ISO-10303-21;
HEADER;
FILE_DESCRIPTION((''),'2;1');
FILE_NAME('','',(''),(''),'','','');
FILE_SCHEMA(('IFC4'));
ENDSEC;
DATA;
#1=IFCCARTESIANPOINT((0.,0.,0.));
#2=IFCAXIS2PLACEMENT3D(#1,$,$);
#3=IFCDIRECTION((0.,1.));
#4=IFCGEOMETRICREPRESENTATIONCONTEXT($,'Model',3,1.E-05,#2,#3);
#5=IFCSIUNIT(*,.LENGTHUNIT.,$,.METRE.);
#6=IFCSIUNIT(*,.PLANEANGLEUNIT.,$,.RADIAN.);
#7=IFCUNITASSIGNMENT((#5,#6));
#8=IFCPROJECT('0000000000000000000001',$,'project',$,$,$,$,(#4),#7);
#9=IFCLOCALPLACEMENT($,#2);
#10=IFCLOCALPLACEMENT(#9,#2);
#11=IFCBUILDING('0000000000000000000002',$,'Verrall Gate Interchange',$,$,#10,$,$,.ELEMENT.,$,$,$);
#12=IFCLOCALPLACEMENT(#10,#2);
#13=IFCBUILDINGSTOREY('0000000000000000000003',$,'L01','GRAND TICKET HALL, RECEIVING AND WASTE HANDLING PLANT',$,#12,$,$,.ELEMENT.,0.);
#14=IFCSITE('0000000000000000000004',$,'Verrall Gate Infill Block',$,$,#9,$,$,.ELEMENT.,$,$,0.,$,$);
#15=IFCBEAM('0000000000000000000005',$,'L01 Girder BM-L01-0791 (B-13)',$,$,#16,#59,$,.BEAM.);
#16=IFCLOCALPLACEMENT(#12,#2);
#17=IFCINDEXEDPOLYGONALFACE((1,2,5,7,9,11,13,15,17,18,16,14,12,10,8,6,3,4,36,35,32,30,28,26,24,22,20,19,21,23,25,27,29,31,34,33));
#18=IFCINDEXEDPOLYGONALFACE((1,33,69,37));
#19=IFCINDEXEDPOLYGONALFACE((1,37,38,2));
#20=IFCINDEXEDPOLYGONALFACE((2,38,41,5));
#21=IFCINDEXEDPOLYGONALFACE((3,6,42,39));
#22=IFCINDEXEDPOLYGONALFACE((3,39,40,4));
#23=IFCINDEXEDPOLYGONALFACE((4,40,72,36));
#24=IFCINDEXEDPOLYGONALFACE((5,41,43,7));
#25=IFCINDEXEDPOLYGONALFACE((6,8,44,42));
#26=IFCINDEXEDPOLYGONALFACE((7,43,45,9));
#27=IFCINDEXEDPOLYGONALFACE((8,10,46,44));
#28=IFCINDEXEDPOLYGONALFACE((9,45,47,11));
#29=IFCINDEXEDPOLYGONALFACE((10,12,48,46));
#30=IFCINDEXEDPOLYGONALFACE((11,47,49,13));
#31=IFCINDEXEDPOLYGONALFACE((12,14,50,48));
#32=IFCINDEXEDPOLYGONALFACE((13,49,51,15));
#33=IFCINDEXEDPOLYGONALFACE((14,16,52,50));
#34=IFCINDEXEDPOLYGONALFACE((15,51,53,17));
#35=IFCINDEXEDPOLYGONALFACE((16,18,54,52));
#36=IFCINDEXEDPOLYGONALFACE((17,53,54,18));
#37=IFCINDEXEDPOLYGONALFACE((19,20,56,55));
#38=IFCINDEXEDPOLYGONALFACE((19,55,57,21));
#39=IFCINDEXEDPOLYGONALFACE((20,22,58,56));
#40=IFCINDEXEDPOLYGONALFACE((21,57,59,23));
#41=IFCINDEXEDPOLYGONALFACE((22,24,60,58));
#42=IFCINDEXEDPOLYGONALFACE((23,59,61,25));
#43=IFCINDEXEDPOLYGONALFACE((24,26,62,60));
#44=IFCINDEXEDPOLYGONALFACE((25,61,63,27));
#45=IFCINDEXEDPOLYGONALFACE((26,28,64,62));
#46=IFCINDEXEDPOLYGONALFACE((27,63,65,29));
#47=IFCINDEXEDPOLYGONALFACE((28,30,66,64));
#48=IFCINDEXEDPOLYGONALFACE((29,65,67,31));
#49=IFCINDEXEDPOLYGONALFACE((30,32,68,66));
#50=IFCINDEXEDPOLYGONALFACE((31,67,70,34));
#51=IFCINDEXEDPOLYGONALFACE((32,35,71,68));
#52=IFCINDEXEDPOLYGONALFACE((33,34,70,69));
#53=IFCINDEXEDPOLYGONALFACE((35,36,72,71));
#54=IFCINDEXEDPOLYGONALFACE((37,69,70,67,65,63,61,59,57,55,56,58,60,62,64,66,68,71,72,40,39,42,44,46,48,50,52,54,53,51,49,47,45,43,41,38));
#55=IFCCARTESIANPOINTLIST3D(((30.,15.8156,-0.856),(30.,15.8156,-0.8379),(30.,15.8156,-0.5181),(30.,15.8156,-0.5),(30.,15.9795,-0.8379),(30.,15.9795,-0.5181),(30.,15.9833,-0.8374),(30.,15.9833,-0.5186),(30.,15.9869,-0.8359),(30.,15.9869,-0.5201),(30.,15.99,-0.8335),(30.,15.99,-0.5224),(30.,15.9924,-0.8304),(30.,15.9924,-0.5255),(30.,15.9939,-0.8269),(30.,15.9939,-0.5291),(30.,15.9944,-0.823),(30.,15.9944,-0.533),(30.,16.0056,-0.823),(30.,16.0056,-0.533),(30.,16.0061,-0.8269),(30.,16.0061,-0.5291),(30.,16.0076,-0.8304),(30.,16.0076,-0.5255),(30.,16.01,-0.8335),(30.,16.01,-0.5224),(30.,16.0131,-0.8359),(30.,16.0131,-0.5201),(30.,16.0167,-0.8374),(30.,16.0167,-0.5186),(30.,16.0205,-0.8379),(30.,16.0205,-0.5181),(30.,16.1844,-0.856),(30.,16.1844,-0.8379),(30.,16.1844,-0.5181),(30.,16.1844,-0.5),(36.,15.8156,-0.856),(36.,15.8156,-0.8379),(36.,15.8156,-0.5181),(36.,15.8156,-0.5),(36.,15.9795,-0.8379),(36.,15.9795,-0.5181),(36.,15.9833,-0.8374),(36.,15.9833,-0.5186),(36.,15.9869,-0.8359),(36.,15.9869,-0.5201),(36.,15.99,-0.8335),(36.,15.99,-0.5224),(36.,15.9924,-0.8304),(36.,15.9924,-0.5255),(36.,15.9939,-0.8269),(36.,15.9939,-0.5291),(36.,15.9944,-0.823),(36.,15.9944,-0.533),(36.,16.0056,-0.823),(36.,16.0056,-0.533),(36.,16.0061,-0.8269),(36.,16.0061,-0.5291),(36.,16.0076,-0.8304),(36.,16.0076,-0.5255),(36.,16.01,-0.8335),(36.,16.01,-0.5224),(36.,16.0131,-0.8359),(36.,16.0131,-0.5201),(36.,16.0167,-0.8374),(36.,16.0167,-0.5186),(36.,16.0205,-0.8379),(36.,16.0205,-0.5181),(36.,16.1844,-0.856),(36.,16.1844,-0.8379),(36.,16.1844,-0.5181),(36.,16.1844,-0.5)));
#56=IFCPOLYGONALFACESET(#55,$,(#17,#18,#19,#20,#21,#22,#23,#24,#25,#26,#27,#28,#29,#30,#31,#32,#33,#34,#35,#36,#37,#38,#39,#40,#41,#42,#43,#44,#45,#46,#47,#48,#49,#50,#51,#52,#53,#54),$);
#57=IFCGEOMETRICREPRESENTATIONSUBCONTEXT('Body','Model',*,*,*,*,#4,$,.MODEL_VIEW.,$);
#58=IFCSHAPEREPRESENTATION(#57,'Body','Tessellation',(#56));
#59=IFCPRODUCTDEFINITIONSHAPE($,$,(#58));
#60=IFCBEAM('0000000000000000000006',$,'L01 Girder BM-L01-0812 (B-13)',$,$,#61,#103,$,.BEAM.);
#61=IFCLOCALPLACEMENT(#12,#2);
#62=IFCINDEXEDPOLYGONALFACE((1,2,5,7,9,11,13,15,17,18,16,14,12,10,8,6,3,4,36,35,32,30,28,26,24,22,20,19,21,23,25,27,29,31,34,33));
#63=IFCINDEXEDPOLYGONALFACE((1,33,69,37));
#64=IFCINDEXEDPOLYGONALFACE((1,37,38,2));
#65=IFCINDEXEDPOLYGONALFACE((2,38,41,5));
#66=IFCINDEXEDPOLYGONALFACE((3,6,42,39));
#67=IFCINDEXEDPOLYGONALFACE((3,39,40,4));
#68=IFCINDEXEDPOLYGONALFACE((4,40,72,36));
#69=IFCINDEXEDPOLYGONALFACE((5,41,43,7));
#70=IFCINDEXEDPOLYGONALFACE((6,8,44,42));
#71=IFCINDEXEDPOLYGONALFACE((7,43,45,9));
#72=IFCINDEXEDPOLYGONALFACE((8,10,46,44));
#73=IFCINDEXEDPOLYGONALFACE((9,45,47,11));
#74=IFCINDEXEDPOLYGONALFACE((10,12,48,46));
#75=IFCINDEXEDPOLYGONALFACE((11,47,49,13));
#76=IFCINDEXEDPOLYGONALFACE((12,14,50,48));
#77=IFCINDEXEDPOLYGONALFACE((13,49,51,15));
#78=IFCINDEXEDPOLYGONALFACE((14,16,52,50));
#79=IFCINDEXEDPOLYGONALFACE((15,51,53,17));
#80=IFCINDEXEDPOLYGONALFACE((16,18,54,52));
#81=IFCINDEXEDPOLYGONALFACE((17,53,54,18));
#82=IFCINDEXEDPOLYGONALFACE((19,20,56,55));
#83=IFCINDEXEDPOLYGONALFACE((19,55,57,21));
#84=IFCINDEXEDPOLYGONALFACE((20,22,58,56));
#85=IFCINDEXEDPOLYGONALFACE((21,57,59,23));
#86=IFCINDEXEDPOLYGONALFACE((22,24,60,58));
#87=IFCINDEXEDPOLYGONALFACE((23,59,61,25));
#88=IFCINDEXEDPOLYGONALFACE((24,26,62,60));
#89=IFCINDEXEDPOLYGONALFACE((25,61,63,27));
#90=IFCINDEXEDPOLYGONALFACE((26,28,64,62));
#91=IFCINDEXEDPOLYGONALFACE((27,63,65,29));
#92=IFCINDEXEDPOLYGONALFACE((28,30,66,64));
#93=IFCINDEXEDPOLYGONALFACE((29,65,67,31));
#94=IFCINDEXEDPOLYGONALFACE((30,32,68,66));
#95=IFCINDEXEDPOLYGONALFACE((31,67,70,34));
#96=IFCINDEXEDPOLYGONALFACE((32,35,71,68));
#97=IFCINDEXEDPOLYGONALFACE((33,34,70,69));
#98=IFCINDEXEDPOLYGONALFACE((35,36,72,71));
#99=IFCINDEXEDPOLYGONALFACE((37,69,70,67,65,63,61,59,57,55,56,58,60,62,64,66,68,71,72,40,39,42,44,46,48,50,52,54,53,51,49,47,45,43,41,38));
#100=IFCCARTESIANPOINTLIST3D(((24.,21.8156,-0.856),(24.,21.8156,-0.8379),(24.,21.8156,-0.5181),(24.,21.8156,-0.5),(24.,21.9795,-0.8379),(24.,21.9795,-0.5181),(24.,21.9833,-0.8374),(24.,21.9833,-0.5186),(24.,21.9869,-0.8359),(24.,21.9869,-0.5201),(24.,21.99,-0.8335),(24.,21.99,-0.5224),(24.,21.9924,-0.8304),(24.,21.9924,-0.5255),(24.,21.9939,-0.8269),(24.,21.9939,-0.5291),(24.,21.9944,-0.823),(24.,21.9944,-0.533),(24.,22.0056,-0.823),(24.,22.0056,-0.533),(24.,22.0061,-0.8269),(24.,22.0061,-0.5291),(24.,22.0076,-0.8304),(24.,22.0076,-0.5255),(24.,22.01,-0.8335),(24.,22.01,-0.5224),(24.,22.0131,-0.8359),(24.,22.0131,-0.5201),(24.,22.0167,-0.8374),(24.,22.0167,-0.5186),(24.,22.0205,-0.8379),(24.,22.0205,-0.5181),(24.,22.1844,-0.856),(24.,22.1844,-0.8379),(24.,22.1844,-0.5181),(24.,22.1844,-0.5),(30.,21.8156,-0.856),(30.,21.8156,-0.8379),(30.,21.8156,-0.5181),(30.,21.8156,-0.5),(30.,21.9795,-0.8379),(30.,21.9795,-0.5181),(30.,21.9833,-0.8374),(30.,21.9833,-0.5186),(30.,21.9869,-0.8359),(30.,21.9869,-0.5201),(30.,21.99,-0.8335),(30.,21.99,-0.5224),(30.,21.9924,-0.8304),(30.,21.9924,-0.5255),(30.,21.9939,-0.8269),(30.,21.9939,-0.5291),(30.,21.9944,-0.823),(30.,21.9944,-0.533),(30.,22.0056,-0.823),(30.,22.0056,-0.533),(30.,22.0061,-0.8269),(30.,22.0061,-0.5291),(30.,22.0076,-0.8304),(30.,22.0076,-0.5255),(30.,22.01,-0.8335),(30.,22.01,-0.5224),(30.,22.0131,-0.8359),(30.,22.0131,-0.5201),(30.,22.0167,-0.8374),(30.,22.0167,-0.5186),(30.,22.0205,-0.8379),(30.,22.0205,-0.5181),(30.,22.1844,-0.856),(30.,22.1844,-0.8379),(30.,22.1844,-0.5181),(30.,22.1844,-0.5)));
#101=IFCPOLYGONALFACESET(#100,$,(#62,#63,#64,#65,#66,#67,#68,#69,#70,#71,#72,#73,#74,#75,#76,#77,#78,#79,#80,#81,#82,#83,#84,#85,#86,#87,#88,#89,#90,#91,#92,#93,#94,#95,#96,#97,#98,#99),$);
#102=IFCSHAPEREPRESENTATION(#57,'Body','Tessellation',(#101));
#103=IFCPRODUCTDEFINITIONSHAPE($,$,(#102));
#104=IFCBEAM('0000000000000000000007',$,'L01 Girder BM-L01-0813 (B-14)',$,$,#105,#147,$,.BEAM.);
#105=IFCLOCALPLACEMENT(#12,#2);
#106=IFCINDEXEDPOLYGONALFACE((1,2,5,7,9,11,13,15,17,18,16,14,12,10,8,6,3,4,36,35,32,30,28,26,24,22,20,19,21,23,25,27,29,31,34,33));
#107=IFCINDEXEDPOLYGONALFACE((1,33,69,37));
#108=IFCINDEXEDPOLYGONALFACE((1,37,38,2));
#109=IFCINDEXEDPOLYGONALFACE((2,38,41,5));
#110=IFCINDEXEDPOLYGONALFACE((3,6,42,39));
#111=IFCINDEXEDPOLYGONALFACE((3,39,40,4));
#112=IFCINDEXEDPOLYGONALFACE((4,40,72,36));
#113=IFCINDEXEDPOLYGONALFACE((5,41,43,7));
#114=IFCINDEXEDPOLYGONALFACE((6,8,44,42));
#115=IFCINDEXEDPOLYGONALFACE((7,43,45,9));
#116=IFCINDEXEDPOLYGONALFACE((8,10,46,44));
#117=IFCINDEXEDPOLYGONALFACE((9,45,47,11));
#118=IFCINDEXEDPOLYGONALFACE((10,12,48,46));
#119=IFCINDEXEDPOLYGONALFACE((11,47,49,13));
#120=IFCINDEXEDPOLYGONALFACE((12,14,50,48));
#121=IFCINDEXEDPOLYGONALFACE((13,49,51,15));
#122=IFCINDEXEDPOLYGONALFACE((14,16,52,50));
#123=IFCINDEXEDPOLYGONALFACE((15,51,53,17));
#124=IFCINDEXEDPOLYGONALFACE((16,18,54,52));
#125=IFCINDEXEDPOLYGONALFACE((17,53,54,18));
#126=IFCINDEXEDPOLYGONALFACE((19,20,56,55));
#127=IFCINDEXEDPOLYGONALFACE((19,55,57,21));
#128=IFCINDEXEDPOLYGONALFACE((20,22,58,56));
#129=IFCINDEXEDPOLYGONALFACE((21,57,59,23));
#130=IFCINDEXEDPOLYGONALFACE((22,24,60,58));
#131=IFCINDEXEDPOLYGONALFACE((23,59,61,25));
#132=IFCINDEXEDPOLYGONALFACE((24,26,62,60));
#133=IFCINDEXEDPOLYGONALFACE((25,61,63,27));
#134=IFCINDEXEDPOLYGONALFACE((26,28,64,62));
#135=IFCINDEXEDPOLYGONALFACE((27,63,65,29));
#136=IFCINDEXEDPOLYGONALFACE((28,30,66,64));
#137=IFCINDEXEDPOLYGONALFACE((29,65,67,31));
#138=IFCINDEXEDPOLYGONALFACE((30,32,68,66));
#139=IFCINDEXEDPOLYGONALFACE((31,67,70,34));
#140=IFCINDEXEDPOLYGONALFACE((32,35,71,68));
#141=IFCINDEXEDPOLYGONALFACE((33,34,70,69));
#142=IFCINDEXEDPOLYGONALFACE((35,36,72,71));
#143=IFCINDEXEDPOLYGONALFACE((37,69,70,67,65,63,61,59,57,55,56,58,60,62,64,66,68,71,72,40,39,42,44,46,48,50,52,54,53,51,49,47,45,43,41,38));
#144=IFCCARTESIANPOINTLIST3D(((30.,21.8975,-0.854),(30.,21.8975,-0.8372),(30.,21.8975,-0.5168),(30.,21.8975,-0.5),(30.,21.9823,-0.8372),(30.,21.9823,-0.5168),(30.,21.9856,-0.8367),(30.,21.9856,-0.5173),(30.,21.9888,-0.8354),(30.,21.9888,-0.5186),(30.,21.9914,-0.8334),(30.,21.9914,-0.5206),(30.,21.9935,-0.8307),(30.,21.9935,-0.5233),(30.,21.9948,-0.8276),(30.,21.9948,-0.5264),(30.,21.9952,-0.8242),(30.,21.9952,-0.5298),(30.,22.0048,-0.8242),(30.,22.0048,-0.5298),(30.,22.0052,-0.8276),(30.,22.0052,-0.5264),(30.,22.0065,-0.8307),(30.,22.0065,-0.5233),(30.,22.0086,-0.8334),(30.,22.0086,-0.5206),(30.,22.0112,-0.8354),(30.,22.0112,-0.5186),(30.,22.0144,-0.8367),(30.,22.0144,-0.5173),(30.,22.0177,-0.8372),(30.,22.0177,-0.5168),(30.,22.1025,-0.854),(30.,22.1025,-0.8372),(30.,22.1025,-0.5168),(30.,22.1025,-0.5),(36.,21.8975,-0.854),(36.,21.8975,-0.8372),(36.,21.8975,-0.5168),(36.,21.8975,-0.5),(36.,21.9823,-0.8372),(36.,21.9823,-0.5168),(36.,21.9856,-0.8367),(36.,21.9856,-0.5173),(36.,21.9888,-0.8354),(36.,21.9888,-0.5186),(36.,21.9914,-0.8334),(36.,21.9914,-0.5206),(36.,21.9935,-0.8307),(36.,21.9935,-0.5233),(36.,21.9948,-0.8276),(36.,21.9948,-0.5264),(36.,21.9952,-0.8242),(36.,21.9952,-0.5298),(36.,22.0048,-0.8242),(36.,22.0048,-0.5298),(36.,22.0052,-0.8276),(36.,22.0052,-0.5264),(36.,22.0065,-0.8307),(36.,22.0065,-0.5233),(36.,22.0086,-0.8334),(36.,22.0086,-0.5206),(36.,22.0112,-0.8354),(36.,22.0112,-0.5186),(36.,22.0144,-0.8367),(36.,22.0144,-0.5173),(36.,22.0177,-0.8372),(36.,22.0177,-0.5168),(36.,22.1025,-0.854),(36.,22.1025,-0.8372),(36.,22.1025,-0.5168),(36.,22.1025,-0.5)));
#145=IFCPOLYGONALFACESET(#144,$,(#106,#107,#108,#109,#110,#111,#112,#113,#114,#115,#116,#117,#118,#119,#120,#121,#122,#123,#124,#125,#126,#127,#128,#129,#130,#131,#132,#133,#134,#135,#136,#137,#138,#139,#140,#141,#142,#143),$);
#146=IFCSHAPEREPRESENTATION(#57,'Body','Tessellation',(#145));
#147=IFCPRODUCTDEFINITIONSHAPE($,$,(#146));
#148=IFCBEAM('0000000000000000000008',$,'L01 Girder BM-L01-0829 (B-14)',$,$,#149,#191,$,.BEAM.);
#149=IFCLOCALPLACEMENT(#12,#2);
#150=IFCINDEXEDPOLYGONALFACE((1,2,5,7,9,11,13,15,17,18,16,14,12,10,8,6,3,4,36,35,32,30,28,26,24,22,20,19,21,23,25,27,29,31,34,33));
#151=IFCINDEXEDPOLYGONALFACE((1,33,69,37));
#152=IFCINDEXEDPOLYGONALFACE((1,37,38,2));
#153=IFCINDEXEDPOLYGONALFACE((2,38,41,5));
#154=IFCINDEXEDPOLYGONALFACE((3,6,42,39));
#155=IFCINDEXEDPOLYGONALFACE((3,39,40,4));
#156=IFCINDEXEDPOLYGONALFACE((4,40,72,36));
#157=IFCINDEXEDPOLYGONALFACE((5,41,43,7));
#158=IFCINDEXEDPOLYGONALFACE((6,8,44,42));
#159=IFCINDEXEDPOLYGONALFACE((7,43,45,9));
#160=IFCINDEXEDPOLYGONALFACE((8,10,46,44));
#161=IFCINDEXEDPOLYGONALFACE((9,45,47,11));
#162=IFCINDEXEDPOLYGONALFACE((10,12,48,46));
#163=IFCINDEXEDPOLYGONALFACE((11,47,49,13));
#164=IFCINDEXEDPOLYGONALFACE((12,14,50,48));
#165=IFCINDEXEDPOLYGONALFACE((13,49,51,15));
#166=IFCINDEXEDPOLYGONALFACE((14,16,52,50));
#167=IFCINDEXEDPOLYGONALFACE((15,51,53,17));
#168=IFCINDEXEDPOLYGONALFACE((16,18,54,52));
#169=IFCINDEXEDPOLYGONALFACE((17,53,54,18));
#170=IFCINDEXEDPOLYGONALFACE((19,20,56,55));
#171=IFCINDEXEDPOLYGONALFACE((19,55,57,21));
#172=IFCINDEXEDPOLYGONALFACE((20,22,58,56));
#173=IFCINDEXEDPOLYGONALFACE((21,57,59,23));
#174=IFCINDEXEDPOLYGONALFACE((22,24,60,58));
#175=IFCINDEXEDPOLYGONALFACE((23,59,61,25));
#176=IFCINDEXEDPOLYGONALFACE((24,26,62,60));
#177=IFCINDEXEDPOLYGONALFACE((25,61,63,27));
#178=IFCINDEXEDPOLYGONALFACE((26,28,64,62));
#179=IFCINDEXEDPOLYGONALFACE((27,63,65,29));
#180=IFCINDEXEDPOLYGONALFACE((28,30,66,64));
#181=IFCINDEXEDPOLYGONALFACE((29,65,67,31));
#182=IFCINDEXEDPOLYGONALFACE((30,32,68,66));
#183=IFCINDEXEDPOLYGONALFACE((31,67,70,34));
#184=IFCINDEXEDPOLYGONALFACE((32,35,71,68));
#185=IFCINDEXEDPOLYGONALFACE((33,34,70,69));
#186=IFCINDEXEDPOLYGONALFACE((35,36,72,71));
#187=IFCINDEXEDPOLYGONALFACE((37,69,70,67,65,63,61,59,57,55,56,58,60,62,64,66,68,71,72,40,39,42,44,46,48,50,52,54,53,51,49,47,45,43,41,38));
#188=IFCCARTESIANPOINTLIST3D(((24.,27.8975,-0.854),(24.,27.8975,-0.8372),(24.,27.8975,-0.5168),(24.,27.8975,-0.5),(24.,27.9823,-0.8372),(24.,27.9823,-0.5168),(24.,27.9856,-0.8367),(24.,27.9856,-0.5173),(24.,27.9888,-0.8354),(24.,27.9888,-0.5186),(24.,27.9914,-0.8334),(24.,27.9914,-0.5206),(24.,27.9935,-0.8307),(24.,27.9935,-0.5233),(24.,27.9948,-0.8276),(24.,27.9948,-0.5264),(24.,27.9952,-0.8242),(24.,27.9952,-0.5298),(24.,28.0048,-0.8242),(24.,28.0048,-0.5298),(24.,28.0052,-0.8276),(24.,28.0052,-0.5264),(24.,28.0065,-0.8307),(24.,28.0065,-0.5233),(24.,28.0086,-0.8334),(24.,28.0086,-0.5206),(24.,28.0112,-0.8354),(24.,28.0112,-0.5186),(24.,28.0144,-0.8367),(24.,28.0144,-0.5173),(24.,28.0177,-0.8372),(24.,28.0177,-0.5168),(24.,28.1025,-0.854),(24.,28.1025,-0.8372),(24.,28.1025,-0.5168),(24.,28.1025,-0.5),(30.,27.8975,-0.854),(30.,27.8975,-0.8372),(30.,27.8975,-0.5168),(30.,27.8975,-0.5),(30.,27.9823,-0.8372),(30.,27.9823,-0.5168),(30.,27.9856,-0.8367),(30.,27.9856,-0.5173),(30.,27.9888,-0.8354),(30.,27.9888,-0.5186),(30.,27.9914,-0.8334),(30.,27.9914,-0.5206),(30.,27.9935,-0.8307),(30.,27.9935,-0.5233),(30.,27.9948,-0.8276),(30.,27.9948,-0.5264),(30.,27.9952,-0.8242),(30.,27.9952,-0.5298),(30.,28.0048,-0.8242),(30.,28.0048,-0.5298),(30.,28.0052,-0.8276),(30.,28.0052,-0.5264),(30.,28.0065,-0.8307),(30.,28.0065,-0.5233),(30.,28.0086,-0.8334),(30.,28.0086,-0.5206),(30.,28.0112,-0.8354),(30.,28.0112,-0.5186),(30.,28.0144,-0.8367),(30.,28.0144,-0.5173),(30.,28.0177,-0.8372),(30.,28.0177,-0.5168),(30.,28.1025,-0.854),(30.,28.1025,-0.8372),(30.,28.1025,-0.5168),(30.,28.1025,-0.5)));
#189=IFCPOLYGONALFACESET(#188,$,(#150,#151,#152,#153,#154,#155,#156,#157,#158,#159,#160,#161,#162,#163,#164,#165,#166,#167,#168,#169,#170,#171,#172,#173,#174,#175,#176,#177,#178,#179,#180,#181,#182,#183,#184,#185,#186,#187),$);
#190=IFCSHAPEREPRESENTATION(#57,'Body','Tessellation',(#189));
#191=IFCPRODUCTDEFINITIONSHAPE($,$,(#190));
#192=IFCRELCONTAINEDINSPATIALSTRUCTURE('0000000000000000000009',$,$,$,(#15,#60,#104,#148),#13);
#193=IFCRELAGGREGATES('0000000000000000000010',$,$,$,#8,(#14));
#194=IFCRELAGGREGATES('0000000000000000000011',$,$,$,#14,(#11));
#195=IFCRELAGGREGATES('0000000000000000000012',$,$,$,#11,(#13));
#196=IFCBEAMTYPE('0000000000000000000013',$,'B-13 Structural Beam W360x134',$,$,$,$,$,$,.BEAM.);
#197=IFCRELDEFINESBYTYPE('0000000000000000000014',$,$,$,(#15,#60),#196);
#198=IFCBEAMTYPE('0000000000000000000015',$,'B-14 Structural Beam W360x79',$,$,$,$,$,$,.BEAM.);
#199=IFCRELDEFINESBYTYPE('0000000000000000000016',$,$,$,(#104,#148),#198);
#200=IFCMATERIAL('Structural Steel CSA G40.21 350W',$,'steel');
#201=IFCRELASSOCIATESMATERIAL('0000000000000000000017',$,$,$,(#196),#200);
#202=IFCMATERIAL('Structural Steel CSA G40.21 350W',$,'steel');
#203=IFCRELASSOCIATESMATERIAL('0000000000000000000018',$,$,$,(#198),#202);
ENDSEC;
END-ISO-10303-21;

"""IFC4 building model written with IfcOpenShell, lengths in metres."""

from ifc_helpers import new_model, si_unit, direction, frame, origin, origin_2d, place, context, subcontext, project, spatial, i_section, extrude, material, material_profile, profile_set, type_object, element, save


model = new_model("IFC4")

# Units and contexts
model_context = context("Model", 3, precision=1e-05, world=origin(), true_north=direction((0.0, 1.0)))
body_context = subcontext(model_context, "Body", "Model", "MODEL_VIEW")
ifc_project = project(units=[si_unit("LENGTHUNIT", "METRE"), si_unit("PLANEANGLEUNIT", "RADIAN")], contexts=[model_context])

# Site, building, storey
site_placement = place(None, origin())
site = spatial("IfcSite", under=ifc_project, at=site_placement, Name="Verrall Gate Infill Block", CompositionType="ELEMENT", RefElevation=0.0)
building_placement = place(site_placement, origin())
building = spatial("IfcBuilding", under=site, at=building_placement, Name="Verrall Gate Interchange", CompositionType="ELEMENT")
storey_placement = place(building_placement, origin())
storey = spatial("IfcBuildingStorey", under=building, at=storey_placement, Name="L01", Description="GRAND TICKET HALL, RECEIVING AND WASTE HANDLING PLANT", CompositionType="ELEMENT", Elevation=0.0)

# Beams
ifc_material_1 = material(Name="Structural Steel CSA G40.21 350W", Category="steel")
ifc_material_profile_1 = material_profile(ifc_material_1, i_section(OverallWidth=0.3689, OverallDepth=0.356, WebThickness=0.0112, FlangeThickness=0.0181, FilletRadius=0.0149, at=origin_2d()), Name="W360x134")
ifc_profile_set_1 = profile_set([ifc_material_profile_1], Name="Structural Steel CSA G40.21 350W")
beam_type_1 = type_object("IfcBeamType", Name="B-13 Structural Beam W360x134", PredefinedType="BEAM", material=ifc_profile_set_1)
for number, where, z_axis, x_axis, name in (
    (1, (30.0, 16.0, -0.678), (1.0, 0.0, 0.0), (0.0, 1.0, 0.0), "L01 Girder BM-L01-0791 (B-13)"),
    (2, (24.0, 22.0, -0.678), (1.0, 0.0, 0.0), (0.0, 1.0, 0.0), "L01 Girder BM-L01-0812 (B-13)"),
):
    element("IfcBeam", number, at=place(storey_placement, frame(where, z_axis=z_axis, x_axis=x_axis)), inside=storey, type_object=beam_type_1, Name=name, PredefinedType="BEAM", context=body_context, shape_type="SweptSolid", body=[
        extrude(i_section(OverallWidth=0.3689, OverallDepth=0.356, WebThickness=0.0112, FlangeThickness=0.0181, FilletRadius=0.0149, at=origin_2d()), origin(), (0.0, 0.0, 1.0), 6.0),
    ])
ifc_material_2 = material(Name="Structural Steel CSA G40.21 350W", Category="steel")
ifc_material_profile_2 = material_profile(ifc_material_2, i_section(OverallWidth=0.2051, OverallDepth=0.354, WebThickness=0.0095, FlangeThickness=0.0168, FilletRadius=0.0129, at=origin_2d()), Name="W360x79")
ifc_profile_set_2 = profile_set([ifc_material_profile_2], Name="Structural Steel CSA G40.21 350W")
beam_type_2 = type_object("IfcBeamType", Name="B-14 Structural Beam W360x79", PredefinedType="BEAM", material=ifc_profile_set_2)
for number, where, z_axis, x_axis, name in (
    (3, (30.0, 22.0, -0.677), (1.0, 0.0, 0.0), (0.0, 1.0, 0.0), "L01 Girder BM-L01-0813 (B-14)"),
    (4, (24.0, 28.0, -0.677), (1.0, 0.0, 0.0), (0.0, 1.0, 0.0), "L01 Girder BM-L01-0829 (B-14)"),
):
    element("IfcBeam", number, at=place(storey_placement, frame(where, z_axis=z_axis, x_axis=x_axis)), inside=storey, type_object=beam_type_2, Name=name, PredefinedType="BEAM", context=body_context, shape_type="SweptSolid", body=[
        extrude(i_section(OverallWidth=0.2051, OverallDepth=0.354, WebThickness=0.0095, FlangeThickness=0.0168, FilletRadius=0.0129, at=origin_2d()), origin(), (0.0, 0.0, 1.0), 6.0),
    ])

save(model, "model.ifc")
